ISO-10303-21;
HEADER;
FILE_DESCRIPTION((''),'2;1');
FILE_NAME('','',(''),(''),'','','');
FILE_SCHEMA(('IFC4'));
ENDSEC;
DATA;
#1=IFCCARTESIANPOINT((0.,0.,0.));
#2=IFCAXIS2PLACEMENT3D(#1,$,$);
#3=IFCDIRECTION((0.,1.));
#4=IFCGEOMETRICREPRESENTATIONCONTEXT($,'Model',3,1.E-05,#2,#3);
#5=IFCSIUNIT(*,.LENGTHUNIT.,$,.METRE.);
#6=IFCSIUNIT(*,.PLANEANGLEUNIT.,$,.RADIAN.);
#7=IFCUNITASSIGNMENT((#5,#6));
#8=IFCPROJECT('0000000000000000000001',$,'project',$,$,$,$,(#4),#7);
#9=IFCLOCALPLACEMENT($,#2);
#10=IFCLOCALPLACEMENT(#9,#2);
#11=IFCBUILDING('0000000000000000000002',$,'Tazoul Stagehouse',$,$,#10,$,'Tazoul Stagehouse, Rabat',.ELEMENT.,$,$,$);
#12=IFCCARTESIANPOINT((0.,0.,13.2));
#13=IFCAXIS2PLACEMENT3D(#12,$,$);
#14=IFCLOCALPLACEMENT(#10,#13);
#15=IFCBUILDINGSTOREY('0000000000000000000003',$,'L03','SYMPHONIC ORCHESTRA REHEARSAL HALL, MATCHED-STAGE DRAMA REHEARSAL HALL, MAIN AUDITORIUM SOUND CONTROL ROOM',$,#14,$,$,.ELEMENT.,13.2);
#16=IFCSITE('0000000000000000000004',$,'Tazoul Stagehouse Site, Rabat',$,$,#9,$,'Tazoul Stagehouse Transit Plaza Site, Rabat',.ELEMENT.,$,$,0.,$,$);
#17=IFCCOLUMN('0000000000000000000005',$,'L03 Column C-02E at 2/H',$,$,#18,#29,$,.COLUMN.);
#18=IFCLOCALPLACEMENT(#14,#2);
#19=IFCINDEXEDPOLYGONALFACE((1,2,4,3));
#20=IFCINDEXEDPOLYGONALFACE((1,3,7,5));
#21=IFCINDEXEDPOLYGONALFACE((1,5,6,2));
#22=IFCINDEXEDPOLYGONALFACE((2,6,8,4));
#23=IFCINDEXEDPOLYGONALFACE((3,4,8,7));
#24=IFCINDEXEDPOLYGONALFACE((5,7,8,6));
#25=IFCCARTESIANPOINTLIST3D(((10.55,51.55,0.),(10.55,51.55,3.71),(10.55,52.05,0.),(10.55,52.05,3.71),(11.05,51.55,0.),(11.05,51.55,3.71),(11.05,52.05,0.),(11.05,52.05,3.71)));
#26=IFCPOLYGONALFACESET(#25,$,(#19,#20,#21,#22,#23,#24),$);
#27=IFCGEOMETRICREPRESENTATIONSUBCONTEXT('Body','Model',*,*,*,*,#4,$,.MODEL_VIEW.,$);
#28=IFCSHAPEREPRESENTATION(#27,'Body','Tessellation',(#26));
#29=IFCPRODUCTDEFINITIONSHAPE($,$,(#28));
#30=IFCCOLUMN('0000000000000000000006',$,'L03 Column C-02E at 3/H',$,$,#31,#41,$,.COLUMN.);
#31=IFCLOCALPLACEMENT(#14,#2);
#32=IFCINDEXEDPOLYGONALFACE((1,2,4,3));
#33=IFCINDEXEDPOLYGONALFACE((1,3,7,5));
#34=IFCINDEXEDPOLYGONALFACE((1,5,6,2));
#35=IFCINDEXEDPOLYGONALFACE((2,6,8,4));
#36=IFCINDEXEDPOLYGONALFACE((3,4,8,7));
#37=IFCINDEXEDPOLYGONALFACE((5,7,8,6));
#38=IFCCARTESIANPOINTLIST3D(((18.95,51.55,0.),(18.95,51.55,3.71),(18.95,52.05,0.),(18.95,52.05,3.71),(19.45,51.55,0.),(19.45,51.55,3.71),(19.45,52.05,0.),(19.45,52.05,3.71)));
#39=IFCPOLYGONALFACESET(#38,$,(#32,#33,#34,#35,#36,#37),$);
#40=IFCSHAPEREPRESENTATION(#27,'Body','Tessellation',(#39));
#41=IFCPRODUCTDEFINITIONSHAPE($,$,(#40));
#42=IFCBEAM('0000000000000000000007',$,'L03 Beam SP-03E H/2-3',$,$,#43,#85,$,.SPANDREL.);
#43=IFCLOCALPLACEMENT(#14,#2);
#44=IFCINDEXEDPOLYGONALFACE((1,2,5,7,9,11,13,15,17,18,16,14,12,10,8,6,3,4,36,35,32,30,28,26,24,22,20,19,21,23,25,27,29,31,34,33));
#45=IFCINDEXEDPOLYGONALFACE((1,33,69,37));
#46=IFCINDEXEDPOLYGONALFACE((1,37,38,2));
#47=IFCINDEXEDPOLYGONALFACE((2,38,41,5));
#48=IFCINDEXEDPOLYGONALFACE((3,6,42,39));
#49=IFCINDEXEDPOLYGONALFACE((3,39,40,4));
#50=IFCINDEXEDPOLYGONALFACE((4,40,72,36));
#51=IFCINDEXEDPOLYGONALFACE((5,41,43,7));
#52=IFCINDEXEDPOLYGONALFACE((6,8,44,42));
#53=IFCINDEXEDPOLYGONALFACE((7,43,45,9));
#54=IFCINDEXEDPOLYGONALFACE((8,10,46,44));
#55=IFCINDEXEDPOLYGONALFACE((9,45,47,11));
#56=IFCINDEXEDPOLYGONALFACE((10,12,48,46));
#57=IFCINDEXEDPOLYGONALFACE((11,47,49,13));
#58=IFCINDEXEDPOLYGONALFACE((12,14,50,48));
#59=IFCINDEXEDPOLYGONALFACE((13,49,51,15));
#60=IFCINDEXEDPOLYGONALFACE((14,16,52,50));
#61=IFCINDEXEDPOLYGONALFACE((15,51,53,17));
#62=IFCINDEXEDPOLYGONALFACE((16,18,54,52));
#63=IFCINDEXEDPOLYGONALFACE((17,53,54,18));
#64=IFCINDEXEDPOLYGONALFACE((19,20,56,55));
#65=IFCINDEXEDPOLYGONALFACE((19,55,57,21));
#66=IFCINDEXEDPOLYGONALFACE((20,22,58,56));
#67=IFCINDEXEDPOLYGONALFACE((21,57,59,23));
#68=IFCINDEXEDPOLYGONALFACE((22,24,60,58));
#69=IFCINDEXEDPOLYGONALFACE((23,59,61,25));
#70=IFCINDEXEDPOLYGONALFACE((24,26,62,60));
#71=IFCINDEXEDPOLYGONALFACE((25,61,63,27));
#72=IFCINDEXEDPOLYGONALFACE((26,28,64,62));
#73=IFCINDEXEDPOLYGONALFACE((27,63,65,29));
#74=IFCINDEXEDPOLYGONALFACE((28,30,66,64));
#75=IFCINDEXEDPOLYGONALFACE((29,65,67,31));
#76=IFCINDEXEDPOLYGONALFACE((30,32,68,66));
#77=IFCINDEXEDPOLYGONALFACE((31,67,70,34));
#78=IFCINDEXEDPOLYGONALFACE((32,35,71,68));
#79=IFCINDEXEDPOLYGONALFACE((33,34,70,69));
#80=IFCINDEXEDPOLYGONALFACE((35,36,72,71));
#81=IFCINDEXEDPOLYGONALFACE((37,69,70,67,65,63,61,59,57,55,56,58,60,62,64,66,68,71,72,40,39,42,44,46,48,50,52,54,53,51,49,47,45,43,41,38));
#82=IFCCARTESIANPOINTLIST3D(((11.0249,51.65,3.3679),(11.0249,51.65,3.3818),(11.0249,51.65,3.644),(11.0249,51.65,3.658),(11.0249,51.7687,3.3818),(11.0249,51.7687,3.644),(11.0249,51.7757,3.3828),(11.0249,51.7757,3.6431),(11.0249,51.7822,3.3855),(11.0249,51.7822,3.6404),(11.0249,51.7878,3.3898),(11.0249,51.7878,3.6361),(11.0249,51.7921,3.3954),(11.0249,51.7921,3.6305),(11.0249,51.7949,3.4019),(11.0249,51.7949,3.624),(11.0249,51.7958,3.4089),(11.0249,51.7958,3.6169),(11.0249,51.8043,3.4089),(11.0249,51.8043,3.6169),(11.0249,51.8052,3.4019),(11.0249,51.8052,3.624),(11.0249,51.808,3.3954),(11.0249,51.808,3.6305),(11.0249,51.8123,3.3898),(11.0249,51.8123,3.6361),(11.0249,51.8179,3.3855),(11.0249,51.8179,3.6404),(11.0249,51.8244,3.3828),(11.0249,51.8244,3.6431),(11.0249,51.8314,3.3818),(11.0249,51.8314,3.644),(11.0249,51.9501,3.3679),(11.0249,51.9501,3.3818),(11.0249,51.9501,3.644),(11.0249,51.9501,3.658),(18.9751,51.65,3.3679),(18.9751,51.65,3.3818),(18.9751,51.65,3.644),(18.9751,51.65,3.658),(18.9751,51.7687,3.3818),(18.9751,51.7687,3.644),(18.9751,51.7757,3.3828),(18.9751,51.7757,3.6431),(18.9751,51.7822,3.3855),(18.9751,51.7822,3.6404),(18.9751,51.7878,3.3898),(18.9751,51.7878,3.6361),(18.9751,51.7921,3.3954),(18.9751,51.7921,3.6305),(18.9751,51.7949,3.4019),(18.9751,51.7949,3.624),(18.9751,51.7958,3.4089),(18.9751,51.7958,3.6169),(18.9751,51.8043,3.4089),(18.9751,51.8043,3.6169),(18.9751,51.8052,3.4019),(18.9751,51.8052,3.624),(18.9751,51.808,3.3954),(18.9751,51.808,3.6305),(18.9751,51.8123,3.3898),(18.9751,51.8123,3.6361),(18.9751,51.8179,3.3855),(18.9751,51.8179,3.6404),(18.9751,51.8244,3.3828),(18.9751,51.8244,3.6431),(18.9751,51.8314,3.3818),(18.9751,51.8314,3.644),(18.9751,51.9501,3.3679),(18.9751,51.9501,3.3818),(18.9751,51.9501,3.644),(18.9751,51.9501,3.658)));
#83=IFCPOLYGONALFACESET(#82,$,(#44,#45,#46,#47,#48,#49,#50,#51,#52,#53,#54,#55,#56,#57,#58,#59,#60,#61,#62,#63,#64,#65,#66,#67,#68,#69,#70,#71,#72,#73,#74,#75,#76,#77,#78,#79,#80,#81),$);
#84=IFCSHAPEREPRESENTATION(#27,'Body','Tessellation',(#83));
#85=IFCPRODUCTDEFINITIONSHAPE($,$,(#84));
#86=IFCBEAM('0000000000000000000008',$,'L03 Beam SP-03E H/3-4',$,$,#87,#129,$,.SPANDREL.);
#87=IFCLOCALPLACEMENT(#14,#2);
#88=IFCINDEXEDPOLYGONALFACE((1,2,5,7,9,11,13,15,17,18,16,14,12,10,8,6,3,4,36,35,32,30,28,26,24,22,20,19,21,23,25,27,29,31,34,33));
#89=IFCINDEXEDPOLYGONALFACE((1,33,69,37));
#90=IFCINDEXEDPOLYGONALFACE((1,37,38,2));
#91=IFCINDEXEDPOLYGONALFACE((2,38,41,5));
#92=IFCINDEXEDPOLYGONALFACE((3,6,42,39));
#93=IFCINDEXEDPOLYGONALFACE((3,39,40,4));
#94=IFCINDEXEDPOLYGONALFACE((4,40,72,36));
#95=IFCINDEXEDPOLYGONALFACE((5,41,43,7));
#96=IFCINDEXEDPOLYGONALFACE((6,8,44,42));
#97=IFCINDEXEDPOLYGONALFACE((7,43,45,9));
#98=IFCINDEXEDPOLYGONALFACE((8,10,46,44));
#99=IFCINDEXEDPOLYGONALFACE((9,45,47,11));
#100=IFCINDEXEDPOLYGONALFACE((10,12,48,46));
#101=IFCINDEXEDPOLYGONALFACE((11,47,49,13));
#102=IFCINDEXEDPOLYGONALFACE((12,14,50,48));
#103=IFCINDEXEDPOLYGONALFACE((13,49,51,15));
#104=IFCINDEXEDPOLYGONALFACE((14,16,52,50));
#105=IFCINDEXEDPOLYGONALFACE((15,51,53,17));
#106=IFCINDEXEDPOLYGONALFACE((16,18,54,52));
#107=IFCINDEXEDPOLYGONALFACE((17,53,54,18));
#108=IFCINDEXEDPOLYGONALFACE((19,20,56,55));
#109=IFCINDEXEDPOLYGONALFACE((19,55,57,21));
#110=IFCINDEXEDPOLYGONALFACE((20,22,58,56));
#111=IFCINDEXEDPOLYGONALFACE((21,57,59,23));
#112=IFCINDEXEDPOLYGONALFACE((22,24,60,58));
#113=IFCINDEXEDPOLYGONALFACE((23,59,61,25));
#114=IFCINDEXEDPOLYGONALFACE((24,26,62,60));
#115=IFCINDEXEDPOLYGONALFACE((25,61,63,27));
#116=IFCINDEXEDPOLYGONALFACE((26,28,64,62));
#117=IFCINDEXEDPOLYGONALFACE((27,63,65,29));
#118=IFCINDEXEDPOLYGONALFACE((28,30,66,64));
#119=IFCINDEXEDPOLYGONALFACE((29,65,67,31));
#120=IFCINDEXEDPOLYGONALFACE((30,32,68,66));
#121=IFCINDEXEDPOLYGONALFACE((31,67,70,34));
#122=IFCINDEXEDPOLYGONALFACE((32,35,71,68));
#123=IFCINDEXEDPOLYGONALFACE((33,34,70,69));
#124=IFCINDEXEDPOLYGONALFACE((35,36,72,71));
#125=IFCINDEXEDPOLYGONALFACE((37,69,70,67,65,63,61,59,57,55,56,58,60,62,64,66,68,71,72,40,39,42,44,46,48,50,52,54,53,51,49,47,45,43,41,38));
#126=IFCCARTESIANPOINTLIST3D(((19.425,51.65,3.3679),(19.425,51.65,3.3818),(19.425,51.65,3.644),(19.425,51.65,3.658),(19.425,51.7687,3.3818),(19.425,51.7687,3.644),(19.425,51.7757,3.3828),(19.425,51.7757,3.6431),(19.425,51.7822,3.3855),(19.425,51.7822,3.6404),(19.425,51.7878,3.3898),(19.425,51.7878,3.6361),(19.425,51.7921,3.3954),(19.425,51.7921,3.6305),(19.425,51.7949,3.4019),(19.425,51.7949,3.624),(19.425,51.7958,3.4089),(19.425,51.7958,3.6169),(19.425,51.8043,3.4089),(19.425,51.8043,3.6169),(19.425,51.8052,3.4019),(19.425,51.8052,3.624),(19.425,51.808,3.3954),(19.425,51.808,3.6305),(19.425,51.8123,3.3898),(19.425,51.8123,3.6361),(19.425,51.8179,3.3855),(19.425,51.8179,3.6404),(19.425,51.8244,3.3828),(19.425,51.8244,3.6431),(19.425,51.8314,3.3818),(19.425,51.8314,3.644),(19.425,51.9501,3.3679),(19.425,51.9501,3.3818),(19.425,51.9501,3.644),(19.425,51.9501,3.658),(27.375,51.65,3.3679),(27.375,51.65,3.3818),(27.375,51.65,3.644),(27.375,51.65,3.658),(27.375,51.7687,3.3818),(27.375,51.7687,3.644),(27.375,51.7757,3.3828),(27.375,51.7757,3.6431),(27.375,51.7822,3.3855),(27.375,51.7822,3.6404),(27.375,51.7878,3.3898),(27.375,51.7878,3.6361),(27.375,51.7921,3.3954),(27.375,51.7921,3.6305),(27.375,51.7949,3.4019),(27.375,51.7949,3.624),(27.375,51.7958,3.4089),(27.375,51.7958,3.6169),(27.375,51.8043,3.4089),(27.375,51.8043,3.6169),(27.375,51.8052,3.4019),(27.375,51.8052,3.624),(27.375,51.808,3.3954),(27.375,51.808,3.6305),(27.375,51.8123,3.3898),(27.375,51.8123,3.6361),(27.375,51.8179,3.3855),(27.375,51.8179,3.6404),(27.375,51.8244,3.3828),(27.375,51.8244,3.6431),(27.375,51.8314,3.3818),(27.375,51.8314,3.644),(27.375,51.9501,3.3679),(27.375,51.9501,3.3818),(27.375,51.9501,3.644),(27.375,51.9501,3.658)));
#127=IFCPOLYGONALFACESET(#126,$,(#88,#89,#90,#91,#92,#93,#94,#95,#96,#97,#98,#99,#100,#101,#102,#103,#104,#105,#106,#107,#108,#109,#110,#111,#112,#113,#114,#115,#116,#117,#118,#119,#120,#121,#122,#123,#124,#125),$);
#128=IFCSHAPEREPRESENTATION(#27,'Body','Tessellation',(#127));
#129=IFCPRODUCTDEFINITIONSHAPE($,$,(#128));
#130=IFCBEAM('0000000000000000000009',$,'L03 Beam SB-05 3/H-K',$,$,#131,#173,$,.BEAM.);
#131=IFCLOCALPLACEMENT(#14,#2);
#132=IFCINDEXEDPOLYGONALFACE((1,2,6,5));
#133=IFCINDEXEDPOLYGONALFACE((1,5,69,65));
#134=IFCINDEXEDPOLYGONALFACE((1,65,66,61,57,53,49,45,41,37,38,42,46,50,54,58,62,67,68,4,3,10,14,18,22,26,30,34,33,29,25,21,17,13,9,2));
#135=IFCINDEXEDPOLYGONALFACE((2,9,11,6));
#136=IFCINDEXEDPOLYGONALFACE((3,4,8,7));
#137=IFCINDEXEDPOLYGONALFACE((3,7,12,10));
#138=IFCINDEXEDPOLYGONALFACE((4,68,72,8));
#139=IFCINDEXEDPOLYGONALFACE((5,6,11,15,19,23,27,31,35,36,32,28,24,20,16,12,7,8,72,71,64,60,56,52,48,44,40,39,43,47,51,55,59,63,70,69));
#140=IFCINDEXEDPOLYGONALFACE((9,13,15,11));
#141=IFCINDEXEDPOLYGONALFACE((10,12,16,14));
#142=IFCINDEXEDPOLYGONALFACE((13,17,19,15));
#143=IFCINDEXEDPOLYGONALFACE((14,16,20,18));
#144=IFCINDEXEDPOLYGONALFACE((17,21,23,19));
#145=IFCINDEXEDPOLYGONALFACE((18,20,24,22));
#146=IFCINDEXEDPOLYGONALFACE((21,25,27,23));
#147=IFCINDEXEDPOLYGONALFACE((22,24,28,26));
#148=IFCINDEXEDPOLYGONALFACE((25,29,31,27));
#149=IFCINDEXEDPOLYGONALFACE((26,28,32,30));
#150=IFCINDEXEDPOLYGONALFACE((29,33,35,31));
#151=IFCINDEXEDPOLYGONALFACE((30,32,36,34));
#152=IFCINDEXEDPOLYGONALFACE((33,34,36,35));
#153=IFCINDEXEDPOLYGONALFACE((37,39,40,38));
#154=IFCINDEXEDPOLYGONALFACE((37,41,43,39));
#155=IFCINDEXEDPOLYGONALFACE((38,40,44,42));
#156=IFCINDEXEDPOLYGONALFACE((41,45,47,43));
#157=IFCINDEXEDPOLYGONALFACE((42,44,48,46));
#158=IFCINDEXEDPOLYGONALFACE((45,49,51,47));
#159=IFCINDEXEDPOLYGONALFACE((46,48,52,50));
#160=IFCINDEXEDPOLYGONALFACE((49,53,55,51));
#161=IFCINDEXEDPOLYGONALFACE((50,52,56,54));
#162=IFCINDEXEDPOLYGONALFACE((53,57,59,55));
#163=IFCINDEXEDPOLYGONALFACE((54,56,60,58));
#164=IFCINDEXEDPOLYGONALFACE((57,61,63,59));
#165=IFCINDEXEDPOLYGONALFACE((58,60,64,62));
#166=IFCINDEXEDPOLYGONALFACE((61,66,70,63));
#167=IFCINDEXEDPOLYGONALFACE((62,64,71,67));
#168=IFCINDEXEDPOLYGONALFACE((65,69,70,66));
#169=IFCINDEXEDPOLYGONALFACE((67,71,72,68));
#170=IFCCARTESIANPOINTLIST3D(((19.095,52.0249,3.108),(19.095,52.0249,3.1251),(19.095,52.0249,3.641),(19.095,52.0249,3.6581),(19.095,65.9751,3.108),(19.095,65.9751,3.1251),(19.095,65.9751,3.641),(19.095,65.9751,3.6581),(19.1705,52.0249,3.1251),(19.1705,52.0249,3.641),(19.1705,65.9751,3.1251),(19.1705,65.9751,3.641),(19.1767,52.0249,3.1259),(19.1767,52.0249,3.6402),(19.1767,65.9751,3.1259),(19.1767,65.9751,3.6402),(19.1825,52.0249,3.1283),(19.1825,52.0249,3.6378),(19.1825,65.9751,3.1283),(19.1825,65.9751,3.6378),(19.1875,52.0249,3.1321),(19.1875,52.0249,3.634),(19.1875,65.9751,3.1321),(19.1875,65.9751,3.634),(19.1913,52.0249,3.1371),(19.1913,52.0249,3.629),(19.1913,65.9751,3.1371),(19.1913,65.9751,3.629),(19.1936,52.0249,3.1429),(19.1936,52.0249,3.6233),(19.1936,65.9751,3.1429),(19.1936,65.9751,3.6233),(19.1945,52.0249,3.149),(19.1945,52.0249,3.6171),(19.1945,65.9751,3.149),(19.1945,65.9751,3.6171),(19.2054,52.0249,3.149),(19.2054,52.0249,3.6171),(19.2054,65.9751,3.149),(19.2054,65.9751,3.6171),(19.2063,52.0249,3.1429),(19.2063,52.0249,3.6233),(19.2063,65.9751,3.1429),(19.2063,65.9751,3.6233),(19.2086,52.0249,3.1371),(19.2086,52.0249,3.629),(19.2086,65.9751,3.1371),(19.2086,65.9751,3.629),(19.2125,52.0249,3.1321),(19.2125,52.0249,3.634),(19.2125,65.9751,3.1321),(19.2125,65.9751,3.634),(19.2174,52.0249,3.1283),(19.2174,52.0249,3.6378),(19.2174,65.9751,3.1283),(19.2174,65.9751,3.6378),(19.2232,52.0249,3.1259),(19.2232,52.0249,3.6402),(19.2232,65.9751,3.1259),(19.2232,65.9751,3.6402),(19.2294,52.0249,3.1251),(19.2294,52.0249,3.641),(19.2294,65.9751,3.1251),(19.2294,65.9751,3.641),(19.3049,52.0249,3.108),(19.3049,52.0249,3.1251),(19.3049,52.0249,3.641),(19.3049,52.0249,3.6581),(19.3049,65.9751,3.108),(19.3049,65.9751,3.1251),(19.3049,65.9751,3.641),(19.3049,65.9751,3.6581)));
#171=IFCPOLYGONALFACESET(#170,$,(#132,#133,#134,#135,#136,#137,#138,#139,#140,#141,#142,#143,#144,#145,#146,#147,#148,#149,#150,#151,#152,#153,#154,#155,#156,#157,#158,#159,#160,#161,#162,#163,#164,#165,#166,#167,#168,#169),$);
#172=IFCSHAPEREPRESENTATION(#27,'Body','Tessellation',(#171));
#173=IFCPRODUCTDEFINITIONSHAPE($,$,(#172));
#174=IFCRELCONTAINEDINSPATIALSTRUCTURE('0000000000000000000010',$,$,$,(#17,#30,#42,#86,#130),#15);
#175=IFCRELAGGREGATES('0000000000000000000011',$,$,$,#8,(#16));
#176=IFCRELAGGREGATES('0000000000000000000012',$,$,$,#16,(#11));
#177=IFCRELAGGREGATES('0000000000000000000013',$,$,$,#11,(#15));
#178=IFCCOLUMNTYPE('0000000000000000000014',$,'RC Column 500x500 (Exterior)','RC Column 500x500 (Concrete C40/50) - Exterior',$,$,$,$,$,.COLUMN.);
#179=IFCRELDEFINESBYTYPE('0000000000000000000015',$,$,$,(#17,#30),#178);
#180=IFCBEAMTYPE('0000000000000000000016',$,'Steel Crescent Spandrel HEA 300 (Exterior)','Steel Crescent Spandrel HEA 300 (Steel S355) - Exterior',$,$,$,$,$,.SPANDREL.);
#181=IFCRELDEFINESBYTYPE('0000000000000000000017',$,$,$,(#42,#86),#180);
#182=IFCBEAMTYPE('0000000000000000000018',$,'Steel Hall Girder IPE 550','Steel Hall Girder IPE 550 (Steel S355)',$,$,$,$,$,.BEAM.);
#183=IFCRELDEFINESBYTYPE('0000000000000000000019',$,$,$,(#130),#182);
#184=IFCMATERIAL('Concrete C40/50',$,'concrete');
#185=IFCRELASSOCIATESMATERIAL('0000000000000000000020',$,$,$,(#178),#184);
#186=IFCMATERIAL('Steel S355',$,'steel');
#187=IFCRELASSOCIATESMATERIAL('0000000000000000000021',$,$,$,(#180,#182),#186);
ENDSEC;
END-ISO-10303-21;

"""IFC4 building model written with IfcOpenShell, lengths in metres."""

from ifc_helpers import new_model, si_unit, direction, frame, origin, origin_2d, place, context, subcontext, project, spatial, rectangle, i_section, extrude, material, material_profile, profile_set, type_object, element, save


model = new_model("IFC4")

# Units and contexts
model_context = context("Model", 3, precision=1e-05, world=origin(), true_north=direction((0.0, 1.0)))
body_context = subcontext(model_context, "Body", "Model", "MODEL_VIEW")
ifc_project = project(units=[si_unit("LENGTHUNIT", "METRE"), si_unit("PLANEANGLEUNIT", "RADIAN")], contexts=[model_context])

# Site, building, storey
site_placement = place(None, origin())
site = spatial("IfcSite", under=ifc_project, at=site_placement, Name="Tazoul Stagehouse Site, Rabat", LongName="Tazoul Stagehouse Transit Plaza Site, Rabat", CompositionType="ELEMENT", RefElevation=0.0)
building_placement = place(site_placement, origin())
building = spatial("IfcBuilding", under=site, at=building_placement, Name="Tazoul Stagehouse", LongName="Tazoul Stagehouse, Rabat", CompositionType="ELEMENT")
storey_placement = place(building_placement, frame((0.0, 0.0, 13.2)))
storey = spatial("IfcBuildingStorey", under=building, at=storey_placement, Name="L03", Description="SYMPHONIC ORCHESTRA REHEARSAL HALL, MATCHED-STAGE DRAMA REHEARSAL HALL, MAIN AUDITORIUM SOUND CONTROL ROOM", CompositionType="ELEMENT", Elevation=13.2)

# Columns
ifc_material_1 = material(Name="Concrete C40/50", Category="concrete")
ifc_material_profile_1 = material_profile(ifc_material_1, rectangle(XDim=0.5, YDim=0.5, at=origin_2d()), Name="RC 500x500")
ifc_profile_set_1 = profile_set([ifc_material_profile_1], Name="Concrete C40/50")
column_type = type_object("IfcColumnType", Name="RC Column 500x500 (Exterior)", Description="RC Column 500x500 (Concrete C40/50) - Exterior", PredefinedType="COLUMN", material=ifc_profile_set_1)
for number, where, z_axis, x_axis, name in (
    (1, (10.8, 51.8, 0.0), (0.0, 0.0, 1.0), (1.0, 0.0, 0.0), "L03 Column C-02E at 2/H"),
    (2, (19.2, 51.8, 0.0), (0.0, 0.0, 1.0), (1.0, 0.0, 0.0), "L03 Column C-02E at 3/H"),
):
    element("IfcColumn", number, at=place(storey_placement, frame(where, z_axis=z_axis, x_axis=x_axis)), inside=storey, type_object=column_type, Name=name, PredefinedType="COLUMN", context=body_context, shape_type="SweptSolid", body=[
        extrude(rectangle(XDim=0.5, YDim=0.5, at=origin_2d()), origin(), (0.0, 0.0, 1.0), 3.71),
    ])

# Beams
ifc_material_2 = material(Name="Steel S355", Category="steel")
ifc_material_profile_2 = material_profile(ifc_material_2, i_section(OverallWidth=0.3, OverallDepth=0.29, WebThickness=0.0085, FlangeThickness=0.0139, FilletRadius=0.0271, at=origin_2d()), Name="HEA 300")
ifc_profile_set_2 = profile_set([ifc_material_profile_2], Name="Steel S355")
beam_type_1 = type_object("IfcBeamType", Name="Steel Crescent Spandrel HEA 300 (Exterior)", Description="Steel Crescent Spandrel HEA 300 (Steel S355) - Exterior", PredefinedType="SPANDREL", material=ifc_profile_set_2)
beam_1_placement = place(storey_placement, frame((11.0249, 51.8, 3.5129), z_axis=(1.0, 0.0, 0.0), x_axis=(0.0, 1.0, 0.0)))
element("IfcBeam", 3, at=beam_1_placement, inside=storey, type_object=beam_type_1, Name="L03 Beam SP-03E H/2-3", PredefinedType="SPANDREL", context=body_context, shape_type="SweptSolid", body=[
    extrude(i_section(OverallWidth=0.3, OverallDepth=0.29, WebThickness=0.0085, FlangeThickness=0.0139, FilletRadius=0.0271, at=origin_2d()), origin(), (0.0, 0.0, 1.0), 7.9502),
])
beam_2_placement = place(storey_placement, frame((19.425, 51.8, 3.5129), z_axis=(1.0, 0.0, 0.0), x_axis=(0.0, 1.0, 0.0)))
element("IfcBeam", 4, at=beam_2_placement, inside=storey, type_object=beam_type_1, Name="L03 Beam SP-03E H/3-4", PredefinedType="SPANDREL", context=body_context, shape_type="SweptSolid", body=[
    extrude(i_section(OverallWidth=0.3, OverallDepth=0.29, WebThickness=0.0085, FlangeThickness=0.0139, FilletRadius=0.0271, at=origin_2d()), origin(), (0.0, 0.0, 1.0), 7.95),
])
ifc_material_profile_3 = material_profile(ifc_material_2, i_section(OverallWidth=0.21, OverallDepth=0.55, WebThickness=0.011, FlangeThickness=0.0171, FilletRadius=0.0239, at=origin_2d()), Name="IPE 550")
ifc_profile_set_3 = profile_set([ifc_material_profile_3], Name="Steel S355")
beam_type_2 = type_object("IfcBeamType", Name="Steel Hall Girder IPE 550", Description="Steel Hall Girder IPE 550 (Steel S355)", PredefinedType="BEAM", material=ifc_profile_set_3)
beam_3_placement = place(storey_placement, frame((19.2, 52.0249, 3.3831), z_axis=(0.0, 1.0, 0.0), x_axis=(-1.0, 0.0, 0.0)))
element("IfcBeam", 5, at=beam_3_placement, inside=storey, type_object=beam_type_2, Name="L03 Beam SB-05 3/H-K", PredefinedType="BEAM", context=body_context, shape_type="SweptSolid", body=[
    extrude(i_section(OverallWidth=0.21, OverallDepth=0.55, WebThickness=0.011, FlangeThickness=0.0171, FilletRadius=0.0239, at=origin_2d()), origin(), (0.0, 0.0, 1.0), 13.9502),
])

save(model, "model.ifc")
